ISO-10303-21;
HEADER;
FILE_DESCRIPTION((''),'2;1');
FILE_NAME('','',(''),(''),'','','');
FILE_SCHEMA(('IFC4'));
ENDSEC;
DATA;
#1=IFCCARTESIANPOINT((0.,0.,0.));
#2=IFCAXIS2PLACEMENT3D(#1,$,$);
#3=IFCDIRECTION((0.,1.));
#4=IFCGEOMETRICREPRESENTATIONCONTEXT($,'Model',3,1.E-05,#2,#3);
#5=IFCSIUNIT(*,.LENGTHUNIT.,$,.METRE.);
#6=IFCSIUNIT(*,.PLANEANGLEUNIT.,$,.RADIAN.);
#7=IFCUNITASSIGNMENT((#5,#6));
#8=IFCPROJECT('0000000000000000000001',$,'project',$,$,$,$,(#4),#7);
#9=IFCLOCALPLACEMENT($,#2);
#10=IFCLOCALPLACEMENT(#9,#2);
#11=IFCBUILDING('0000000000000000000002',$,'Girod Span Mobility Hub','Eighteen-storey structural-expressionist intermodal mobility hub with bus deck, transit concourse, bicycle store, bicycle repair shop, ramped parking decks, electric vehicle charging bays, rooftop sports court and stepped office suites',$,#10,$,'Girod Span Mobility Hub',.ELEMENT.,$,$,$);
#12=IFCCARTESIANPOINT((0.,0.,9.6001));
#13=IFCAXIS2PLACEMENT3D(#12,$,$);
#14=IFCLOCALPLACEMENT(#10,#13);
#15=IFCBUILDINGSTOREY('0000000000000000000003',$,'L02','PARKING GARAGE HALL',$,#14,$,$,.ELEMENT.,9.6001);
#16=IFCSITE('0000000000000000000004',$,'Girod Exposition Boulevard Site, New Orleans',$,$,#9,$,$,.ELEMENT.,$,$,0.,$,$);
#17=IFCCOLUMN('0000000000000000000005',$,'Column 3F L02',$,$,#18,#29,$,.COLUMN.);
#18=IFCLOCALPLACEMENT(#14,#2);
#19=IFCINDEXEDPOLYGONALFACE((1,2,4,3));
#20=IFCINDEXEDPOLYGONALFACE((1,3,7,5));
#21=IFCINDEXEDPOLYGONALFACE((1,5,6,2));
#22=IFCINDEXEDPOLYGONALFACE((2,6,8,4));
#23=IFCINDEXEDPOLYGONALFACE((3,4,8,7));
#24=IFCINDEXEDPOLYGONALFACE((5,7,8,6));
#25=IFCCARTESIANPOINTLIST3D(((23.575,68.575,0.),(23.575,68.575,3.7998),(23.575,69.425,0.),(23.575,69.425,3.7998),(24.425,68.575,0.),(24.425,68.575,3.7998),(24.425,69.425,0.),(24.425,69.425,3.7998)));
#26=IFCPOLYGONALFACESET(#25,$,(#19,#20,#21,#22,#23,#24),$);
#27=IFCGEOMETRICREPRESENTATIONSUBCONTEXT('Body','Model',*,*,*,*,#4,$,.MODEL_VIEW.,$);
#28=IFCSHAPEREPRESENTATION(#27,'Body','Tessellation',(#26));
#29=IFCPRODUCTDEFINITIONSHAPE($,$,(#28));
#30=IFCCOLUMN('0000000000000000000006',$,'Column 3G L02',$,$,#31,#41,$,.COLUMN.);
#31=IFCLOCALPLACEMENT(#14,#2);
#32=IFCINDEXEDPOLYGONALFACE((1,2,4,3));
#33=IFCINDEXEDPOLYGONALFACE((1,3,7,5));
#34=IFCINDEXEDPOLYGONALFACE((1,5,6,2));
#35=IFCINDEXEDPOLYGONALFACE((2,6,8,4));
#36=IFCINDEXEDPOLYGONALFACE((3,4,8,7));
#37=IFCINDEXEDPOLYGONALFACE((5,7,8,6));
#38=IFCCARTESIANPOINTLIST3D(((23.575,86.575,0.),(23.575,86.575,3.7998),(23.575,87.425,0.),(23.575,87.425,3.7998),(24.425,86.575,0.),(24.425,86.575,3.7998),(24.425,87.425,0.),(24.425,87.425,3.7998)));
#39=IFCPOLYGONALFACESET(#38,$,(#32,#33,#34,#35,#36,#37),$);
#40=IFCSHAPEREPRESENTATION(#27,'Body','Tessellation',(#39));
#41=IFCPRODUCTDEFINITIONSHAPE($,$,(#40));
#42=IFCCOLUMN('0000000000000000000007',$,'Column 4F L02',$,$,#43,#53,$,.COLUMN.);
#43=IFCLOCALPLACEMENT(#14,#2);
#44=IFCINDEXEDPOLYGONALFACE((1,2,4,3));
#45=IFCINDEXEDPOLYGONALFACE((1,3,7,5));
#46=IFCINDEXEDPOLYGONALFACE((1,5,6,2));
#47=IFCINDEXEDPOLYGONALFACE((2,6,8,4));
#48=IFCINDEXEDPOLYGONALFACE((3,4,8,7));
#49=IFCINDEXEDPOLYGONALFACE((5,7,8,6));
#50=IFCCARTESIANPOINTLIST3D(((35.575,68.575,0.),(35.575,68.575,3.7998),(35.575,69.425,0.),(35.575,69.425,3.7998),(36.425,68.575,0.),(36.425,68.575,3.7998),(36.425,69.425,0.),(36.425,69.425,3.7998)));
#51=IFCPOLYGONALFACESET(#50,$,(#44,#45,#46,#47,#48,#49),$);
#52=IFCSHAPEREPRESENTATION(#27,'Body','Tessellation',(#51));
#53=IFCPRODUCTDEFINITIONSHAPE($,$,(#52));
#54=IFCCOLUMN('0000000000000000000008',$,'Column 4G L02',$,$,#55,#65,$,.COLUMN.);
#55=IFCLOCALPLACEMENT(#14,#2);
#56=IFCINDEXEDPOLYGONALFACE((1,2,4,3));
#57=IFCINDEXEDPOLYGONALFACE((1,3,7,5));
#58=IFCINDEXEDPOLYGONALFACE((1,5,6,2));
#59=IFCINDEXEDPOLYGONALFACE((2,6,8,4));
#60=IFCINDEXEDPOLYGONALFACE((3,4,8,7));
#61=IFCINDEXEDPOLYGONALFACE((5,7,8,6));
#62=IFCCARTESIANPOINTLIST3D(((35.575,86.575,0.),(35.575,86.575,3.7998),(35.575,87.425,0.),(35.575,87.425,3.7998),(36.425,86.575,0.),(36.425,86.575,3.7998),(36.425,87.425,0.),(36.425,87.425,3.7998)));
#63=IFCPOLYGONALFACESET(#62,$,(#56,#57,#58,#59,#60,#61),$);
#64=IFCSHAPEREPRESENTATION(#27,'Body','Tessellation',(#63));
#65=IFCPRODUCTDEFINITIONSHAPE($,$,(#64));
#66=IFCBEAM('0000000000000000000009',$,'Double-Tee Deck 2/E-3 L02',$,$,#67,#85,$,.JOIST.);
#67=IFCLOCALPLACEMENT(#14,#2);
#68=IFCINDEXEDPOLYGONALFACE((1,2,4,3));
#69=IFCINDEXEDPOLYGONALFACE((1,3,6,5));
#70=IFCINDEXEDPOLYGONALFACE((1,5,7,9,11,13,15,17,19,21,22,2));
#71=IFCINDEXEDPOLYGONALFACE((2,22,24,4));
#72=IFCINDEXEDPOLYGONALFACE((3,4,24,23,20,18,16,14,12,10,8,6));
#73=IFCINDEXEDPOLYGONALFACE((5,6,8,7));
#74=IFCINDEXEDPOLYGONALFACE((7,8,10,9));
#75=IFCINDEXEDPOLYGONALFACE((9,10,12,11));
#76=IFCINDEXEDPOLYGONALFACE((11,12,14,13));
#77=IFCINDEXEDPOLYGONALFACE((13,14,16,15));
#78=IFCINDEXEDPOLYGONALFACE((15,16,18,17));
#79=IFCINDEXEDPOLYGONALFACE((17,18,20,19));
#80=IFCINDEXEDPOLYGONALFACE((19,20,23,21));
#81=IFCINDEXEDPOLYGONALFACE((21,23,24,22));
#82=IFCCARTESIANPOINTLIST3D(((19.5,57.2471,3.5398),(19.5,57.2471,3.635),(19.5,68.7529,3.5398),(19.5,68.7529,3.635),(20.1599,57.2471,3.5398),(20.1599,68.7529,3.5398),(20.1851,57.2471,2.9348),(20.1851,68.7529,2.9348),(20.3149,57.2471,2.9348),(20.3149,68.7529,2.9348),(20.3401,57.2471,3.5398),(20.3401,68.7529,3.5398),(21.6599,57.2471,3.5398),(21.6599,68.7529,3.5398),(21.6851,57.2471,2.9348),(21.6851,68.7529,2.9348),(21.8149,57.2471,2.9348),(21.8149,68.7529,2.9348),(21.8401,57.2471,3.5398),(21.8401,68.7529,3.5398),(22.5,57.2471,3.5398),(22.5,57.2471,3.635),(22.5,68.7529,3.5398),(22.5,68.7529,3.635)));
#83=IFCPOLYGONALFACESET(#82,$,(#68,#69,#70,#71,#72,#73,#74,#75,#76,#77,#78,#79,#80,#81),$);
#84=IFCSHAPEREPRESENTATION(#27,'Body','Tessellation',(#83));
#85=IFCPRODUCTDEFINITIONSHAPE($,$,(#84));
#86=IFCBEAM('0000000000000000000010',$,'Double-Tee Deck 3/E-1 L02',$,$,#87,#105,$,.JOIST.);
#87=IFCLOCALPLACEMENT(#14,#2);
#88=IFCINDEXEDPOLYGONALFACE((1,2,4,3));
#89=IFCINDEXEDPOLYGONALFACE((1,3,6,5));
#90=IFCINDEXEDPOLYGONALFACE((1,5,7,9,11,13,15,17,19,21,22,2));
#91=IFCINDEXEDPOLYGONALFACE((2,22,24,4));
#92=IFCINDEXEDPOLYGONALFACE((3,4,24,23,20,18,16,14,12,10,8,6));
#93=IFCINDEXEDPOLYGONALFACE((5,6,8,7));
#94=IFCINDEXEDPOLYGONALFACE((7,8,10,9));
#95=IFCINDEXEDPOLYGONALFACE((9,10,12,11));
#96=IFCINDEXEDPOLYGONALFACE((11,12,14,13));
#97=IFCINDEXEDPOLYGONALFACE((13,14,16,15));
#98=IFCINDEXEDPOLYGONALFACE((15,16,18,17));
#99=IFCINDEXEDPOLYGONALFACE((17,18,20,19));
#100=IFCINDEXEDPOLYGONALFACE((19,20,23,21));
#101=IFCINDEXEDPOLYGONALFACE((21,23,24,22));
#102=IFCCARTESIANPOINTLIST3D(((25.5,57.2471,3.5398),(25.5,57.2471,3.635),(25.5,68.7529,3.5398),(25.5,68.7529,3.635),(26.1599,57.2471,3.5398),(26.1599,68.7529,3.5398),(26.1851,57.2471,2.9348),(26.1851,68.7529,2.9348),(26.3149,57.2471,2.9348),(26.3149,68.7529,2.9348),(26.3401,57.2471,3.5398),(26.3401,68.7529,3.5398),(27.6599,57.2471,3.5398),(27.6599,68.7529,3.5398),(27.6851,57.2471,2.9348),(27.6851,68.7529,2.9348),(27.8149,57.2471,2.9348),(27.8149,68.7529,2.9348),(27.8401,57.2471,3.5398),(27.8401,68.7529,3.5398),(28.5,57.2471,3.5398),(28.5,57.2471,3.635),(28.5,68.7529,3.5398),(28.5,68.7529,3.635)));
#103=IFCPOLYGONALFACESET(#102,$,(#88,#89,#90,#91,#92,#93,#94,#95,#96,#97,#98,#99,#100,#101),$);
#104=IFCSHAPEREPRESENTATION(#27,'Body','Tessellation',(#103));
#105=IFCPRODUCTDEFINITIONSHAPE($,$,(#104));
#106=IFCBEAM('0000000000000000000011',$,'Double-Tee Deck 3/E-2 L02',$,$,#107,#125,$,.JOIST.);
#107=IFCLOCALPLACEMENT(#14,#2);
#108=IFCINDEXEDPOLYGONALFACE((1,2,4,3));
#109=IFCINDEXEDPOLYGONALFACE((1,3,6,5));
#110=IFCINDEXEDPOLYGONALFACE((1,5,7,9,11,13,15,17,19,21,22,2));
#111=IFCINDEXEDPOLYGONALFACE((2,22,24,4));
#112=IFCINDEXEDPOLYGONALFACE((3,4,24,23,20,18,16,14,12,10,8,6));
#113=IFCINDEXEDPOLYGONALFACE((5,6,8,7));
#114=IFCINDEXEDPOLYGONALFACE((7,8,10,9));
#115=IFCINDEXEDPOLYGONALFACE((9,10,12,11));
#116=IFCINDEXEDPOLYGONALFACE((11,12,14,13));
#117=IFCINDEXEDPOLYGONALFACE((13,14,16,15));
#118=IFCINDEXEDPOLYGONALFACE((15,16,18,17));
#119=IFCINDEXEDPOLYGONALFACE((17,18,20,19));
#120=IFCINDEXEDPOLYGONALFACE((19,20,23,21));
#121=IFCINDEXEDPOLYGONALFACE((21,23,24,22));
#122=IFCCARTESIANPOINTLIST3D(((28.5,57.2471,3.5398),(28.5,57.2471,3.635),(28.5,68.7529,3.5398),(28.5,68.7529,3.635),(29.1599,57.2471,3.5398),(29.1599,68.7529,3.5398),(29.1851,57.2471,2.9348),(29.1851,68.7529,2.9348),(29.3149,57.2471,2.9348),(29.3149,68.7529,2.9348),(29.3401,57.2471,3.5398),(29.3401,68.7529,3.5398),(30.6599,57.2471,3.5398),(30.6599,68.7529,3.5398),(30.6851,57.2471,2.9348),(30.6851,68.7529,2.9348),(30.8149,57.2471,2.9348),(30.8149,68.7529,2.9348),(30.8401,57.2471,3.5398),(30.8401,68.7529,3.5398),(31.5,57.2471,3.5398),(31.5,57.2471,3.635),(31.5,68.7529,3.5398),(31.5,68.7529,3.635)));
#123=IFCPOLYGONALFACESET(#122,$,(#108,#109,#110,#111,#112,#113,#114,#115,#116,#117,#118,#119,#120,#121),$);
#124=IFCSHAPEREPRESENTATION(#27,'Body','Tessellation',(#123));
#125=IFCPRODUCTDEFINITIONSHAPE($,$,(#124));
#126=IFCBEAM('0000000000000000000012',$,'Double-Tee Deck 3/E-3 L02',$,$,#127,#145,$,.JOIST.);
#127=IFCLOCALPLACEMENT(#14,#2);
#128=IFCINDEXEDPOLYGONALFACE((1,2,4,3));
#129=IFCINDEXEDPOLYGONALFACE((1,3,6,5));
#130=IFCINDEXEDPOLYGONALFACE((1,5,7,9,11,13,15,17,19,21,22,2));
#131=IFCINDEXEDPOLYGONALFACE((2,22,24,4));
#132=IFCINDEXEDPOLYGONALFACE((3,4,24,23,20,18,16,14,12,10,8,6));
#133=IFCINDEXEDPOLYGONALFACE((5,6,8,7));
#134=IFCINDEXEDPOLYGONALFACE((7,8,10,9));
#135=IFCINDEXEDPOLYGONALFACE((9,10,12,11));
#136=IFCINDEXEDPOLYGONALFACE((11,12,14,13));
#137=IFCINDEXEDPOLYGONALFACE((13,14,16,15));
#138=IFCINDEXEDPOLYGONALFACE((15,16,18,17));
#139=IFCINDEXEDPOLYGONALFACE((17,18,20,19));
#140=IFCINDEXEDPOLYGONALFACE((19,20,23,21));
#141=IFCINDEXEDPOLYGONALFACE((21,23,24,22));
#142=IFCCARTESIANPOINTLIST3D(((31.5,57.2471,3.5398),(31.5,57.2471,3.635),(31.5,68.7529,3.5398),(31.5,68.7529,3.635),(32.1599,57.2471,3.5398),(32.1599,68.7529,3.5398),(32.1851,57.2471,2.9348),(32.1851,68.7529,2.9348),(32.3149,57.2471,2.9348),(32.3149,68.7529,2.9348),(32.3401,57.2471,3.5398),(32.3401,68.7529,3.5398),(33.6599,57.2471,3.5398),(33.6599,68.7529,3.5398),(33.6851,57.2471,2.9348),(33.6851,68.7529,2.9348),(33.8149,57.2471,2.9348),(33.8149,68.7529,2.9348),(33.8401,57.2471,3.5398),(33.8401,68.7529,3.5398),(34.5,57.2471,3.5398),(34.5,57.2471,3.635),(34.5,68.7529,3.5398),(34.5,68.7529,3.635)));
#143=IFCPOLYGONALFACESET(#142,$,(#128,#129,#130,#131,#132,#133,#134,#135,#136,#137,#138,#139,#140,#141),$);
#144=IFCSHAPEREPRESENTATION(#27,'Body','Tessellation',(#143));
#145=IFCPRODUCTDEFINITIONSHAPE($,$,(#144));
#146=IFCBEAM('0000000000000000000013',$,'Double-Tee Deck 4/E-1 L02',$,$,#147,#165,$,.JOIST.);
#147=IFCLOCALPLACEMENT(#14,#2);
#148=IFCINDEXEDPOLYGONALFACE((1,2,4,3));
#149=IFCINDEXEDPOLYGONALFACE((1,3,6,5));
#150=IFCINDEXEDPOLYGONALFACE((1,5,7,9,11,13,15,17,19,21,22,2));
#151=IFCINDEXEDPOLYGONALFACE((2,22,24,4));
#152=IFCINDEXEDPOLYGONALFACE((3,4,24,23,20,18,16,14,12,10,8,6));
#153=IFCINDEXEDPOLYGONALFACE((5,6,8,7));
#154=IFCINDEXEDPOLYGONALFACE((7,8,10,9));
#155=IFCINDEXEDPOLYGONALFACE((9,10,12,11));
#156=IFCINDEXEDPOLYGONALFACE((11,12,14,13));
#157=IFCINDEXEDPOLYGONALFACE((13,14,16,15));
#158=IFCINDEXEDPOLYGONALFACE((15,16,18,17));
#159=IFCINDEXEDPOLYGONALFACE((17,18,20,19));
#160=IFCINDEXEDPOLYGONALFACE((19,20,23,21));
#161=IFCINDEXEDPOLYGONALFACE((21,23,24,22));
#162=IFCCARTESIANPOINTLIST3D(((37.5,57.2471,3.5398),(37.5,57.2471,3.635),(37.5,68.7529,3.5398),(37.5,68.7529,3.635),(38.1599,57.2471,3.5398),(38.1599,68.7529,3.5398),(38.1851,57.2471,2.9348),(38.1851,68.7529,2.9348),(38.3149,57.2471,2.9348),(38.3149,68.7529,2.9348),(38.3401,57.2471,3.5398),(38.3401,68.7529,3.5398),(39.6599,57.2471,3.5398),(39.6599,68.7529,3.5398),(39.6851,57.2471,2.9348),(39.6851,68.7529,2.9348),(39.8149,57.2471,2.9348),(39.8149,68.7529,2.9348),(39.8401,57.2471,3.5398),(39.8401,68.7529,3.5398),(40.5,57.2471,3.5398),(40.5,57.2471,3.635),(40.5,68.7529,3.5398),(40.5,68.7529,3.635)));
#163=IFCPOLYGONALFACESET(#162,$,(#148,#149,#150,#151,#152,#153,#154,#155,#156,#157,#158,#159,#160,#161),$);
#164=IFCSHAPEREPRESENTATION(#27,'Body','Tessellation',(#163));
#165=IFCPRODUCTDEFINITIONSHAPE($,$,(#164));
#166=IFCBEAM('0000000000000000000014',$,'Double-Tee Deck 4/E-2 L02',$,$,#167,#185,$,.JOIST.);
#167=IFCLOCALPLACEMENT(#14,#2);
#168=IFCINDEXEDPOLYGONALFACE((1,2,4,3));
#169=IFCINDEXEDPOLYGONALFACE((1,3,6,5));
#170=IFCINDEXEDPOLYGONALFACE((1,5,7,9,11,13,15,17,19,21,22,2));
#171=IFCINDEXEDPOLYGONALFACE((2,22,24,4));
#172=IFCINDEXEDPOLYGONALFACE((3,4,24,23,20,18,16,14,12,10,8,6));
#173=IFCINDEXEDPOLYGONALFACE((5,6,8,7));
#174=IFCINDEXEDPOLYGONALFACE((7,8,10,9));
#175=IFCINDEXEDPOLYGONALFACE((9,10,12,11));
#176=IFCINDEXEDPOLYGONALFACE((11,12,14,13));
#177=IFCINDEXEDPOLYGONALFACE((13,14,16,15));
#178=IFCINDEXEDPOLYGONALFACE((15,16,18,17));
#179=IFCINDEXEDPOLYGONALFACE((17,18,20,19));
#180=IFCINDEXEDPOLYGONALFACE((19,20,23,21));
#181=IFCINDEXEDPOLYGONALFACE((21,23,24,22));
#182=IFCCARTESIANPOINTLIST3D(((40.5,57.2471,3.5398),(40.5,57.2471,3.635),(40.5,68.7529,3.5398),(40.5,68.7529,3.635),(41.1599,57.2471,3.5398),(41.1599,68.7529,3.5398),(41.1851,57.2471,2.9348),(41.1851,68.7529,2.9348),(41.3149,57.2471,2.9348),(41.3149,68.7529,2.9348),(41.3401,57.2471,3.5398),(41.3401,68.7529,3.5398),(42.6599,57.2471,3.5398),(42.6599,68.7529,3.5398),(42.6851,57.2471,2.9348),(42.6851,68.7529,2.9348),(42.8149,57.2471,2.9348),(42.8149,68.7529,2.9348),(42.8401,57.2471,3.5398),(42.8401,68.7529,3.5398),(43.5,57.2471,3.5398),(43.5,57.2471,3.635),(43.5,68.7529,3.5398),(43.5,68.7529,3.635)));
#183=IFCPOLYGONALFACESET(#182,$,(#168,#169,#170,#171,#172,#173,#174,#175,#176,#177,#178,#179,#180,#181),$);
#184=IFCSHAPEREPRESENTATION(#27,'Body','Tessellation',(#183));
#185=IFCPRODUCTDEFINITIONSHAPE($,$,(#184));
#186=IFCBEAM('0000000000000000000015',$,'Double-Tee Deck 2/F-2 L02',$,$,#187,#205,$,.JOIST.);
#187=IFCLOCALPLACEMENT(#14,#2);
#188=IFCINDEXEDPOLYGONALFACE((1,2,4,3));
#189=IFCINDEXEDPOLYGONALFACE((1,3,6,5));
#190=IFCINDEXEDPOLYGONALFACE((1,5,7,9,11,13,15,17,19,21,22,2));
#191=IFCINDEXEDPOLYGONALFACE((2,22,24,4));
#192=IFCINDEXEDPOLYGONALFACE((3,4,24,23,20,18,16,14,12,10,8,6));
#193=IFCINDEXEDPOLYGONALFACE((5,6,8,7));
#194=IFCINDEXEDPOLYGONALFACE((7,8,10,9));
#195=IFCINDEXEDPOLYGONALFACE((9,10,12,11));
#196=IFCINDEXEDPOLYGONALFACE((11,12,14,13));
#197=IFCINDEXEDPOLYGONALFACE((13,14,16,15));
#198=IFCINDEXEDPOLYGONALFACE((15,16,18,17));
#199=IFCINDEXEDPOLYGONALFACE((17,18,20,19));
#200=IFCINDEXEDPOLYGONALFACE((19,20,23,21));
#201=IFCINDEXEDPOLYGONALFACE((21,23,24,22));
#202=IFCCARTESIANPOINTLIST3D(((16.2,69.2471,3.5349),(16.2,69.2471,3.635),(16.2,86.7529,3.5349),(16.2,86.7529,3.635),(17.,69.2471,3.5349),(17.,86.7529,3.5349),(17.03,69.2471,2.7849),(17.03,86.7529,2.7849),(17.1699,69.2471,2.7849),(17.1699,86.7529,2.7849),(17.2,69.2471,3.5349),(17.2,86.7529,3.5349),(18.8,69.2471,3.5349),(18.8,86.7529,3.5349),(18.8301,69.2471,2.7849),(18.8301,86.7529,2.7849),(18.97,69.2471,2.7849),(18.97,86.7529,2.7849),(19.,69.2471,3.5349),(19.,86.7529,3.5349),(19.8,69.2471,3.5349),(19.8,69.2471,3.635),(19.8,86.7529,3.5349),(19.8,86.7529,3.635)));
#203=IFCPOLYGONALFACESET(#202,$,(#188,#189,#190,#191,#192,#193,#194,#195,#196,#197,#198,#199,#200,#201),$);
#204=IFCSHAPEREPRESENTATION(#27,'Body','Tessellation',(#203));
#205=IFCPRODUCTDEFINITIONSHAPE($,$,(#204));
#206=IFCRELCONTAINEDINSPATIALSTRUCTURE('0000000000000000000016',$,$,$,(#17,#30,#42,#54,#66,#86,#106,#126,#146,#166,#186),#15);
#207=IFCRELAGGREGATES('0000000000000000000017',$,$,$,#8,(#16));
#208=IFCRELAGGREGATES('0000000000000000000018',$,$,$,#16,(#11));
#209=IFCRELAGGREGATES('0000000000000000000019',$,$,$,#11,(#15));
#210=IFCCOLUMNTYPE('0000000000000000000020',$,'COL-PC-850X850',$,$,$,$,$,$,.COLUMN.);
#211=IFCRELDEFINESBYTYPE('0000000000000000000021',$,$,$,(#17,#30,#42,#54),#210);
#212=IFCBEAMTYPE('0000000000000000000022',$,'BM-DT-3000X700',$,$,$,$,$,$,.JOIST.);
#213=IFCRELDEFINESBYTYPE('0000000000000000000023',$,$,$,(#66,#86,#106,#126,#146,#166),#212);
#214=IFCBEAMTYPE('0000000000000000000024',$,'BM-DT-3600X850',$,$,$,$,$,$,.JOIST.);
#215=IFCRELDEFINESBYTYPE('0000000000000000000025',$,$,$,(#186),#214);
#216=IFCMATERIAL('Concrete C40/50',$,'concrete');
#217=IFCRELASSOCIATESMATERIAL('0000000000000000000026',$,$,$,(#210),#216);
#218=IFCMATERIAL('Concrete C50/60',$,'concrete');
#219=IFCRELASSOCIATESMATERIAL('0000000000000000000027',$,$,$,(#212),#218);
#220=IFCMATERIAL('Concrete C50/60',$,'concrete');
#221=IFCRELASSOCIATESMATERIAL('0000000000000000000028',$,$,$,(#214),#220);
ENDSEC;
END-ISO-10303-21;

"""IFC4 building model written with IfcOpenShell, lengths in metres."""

from ifc_helpers import new_model, si_unit, direction, frame, origin, origin_2d, place, context, subcontext, project, spatial, polyline, rectangle, outline, extrude, material, material_profile, profile_set, type_object, element, save


model = new_model("IFC4")

# Units and contexts
model_context = context("Model", 3, precision=1e-05, world=origin(), true_north=direction((0.0, 1.0)))
body_context = subcontext(model_context, "Body", "Model", "MODEL_VIEW")
ifc_project = project(units=[si_unit("LENGTHUNIT", "METRE"), si_unit("PLANEANGLEUNIT", "RADIAN")], contexts=[model_context])

# Site, building, storey
site_placement = place(None, origin())
site = spatial("IfcSite", under=ifc_project, at=site_placement, Name="Girod Exposition Boulevard Site, New Orleans", CompositionType="ELEMENT", RefElevation=0.0)
building_placement = place(site_placement, origin())
building = spatial("IfcBuilding", under=site, at=building_placement, Name="Girod Span Mobility Hub", Description="Eighteen-storey structural-expressionist intermodal mobility hub with bus deck, transit concourse, bicycle store, bicycle repair shop, ramped parking decks, electric vehicle charging bays, rooftop sports court and stepped office suites", LongName="Girod Span Mobility Hub", CompositionType="ELEMENT")
storey_placement = place(building_placement, frame((0.0, 0.0, 9.6001)))
storey = spatial("IfcBuildingStorey", under=building, at=storey_placement, Name="L02", Description="PARKING GARAGE HALL", CompositionType="ELEMENT", Elevation=9.6001)

# Columns
ifc_material_1 = material(Name="Concrete C40/50", Category="concrete")
ifc_material_profile_1 = material_profile(ifc_material_1, rectangle(XDim=0.8501, YDim=0.8501, at=origin_2d()), Name="PC-COL-850X850")
ifc_profile_set_1 = profile_set([ifc_material_profile_1], Name="Concrete C40/50")
column_type = type_object("IfcColumnType", Name="COL-PC-850X850", PredefinedType="COLUMN", material=ifc_profile_set_1)
for number, where, z_axis, x_axis, name in (
    (1, (24.0, 69.0, 0.0), (0.0, 0.0, 1.0), (1.0, 0.0, 0.0), "Column 3F L02"),
    (2, (24.0, 87.0, 0.0), (0.0, 0.0, 1.0), (1.0, 0.0, 0.0), "Column 3G L02"),
    (3, (36.0, 69.0, 0.0), (0.0, 0.0, 1.0), (1.0, 0.0, 0.0), "Column 4F L02"),
    (4, (36.0, 87.0, 0.0), (0.0, 0.0, 1.0), (1.0, 0.0, 0.0), "Column 4G L02"),
):
    element("IfcColumn", number, at=place(storey_placement, frame(where, z_axis=z_axis, x_axis=x_axis)), inside=storey, type_object=column_type, Name=name, PredefinedType="COLUMN", context=body_context, shape_type="SweptSolid", body=[
        extrude(rectangle(XDim=0.8501, YDim=0.8501, at=origin_2d()), origin(), (0.0, 0.0, 1.0), 3.7998),
    ])

# Beams
ifc_material_2 = material(Name="Concrete C50/60", Category="concrete")
ifc_material_profile_2 = material_profile(ifc_material_2, outline(polyline([(-1.5, 0.3501), (-1.5, 0.2549), (-0.8401, 0.2549), (-0.8149, -0.3501), (-0.6851, -0.3501), (-0.6599, 0.2549), (0.6599, 0.2549), (0.6851, -0.3501), (0.8149, -0.3501), (0.8401, 0.2549), (1.5, 0.2549), (1.5, 0.3501), (-1.5, 0.3501)])), Name="DT-3000X700")
ifc_profile_set_2 = profile_set([ifc_material_profile_2], Name="Concrete C50/60")
beam_type_1 = type_object("IfcBeamType", Name="BM-DT-3000X700", PredefinedType="JOIST", material=ifc_profile_set_2)
for number, where, z_axis, x_axis, name in (
    (5, (21.0, 57.2471, 3.2849), (0.0, 1.0, 0.0), (-1.0, 0.0, 0.0), "Double-Tee Deck 2/E-3 L02"),
    (6, (27.0, 57.2471, 3.2849), (0.0, 1.0, 0.0), (-1.0, 0.0, 0.0), "Double-Tee Deck 3/E-1 L02"),
    (7, (30.0, 57.2471, 3.2849), (0.0, 1.0, 0.0), (-1.0, 0.0, 0.0), "Double-Tee Deck 3/E-2 L02"),
    (8, (33.0, 57.2471, 3.2849), (0.0, 1.0, 0.0), (-1.0, 0.0, 0.0), "Double-Tee Deck 3/E-3 L02"),
    (9, (39.0, 57.2471, 3.2849), (0.0, 1.0, 0.0), (-1.0, 0.0, 0.0), "Double-Tee Deck 4/E-1 L02"),
    (10, (42.0, 57.2471, 3.2849), (0.0, 1.0, 0.0), (-1.0, 0.0, 0.0), "Double-Tee Deck 4/E-2 L02"),
):
    element("IfcBeam", number, at=place(storey_placement, frame(where, z_axis=z_axis, x_axis=x_axis)), inside=storey, type_object=beam_type_1, Name=name, PredefinedType="JOIST", context=body_context, shape_type="SweptSolid", body=[
        extrude(outline(polyline([(-1.5, 0.3501), (-1.5, 0.2549), (-0.8401, 0.2549), (-0.8149, -0.3501), (-0.6851, -0.3501), (-0.6599, 0.2549), (0.6599, 0.2549), (0.6851, -0.3501), (0.8149, -0.3501), (0.8401, 0.2549), (1.5, 0.2549), (1.5, 0.3501), (-1.5, 0.3501)])), origin(), (0.0, 0.0, 1.0), 11.5059),
    ])
ifc_material_3 = material(Name="Concrete C50/60", Category="concrete")
ifc_material_profile_3 = material_profile(ifc_material_3, outline(polyline([(-1.8, 0.425), (-1.8, 0.325), (-1.0, 0.325), (-0.97, -0.425), (-0.8301, -0.425), (-0.8, 0.325), (0.8, 0.325), (0.8301, -0.425), (0.97, -0.425), (1.0, 0.325), (1.8, 0.325), (1.8, 0.425), (-1.8, 0.425)])), Name="DT-3600X850")
ifc_profile_set_3 = profile_set([ifc_material_profile_3], Name="Concrete C50/60")
beam_type_2 = type_object("IfcBeamType", Name="BM-DT-3600X850", PredefinedType="JOIST", material=ifc_profile_set_3)
for number, where, z_axis, x_axis, name in (
    (11, (18.0, 69.2471, 3.21), (0.0, 1.0, 0.0), (-1.0, 0.0, 0.0), "Double-Tee Deck 2/F-2 L02"),
):
    element("IfcBeam", number, at=place(storey_placement, frame(where, z_axis=z_axis, x_axis=x_axis)), inside=storey, type_object=beam_type_2, Name=name, PredefinedType="JOIST", context=body_context, shape_type="SweptSolid", body=[
        extrude(outline(polyline([(-1.8, 0.425), (-1.8, 0.325), (-1.0, 0.325), (-0.97, -0.425), (-0.8301, -0.425), (-0.8, 0.325), (0.8, 0.325), (0.8301, -0.425), (0.97, -0.425), (1.0, 0.325), (1.8, 0.325), (1.8, 0.425), (-1.8, 0.425)])), origin(), (0.0, 0.0, 1.0), 17.5059),
    ])

save(model, "model.ifc")
